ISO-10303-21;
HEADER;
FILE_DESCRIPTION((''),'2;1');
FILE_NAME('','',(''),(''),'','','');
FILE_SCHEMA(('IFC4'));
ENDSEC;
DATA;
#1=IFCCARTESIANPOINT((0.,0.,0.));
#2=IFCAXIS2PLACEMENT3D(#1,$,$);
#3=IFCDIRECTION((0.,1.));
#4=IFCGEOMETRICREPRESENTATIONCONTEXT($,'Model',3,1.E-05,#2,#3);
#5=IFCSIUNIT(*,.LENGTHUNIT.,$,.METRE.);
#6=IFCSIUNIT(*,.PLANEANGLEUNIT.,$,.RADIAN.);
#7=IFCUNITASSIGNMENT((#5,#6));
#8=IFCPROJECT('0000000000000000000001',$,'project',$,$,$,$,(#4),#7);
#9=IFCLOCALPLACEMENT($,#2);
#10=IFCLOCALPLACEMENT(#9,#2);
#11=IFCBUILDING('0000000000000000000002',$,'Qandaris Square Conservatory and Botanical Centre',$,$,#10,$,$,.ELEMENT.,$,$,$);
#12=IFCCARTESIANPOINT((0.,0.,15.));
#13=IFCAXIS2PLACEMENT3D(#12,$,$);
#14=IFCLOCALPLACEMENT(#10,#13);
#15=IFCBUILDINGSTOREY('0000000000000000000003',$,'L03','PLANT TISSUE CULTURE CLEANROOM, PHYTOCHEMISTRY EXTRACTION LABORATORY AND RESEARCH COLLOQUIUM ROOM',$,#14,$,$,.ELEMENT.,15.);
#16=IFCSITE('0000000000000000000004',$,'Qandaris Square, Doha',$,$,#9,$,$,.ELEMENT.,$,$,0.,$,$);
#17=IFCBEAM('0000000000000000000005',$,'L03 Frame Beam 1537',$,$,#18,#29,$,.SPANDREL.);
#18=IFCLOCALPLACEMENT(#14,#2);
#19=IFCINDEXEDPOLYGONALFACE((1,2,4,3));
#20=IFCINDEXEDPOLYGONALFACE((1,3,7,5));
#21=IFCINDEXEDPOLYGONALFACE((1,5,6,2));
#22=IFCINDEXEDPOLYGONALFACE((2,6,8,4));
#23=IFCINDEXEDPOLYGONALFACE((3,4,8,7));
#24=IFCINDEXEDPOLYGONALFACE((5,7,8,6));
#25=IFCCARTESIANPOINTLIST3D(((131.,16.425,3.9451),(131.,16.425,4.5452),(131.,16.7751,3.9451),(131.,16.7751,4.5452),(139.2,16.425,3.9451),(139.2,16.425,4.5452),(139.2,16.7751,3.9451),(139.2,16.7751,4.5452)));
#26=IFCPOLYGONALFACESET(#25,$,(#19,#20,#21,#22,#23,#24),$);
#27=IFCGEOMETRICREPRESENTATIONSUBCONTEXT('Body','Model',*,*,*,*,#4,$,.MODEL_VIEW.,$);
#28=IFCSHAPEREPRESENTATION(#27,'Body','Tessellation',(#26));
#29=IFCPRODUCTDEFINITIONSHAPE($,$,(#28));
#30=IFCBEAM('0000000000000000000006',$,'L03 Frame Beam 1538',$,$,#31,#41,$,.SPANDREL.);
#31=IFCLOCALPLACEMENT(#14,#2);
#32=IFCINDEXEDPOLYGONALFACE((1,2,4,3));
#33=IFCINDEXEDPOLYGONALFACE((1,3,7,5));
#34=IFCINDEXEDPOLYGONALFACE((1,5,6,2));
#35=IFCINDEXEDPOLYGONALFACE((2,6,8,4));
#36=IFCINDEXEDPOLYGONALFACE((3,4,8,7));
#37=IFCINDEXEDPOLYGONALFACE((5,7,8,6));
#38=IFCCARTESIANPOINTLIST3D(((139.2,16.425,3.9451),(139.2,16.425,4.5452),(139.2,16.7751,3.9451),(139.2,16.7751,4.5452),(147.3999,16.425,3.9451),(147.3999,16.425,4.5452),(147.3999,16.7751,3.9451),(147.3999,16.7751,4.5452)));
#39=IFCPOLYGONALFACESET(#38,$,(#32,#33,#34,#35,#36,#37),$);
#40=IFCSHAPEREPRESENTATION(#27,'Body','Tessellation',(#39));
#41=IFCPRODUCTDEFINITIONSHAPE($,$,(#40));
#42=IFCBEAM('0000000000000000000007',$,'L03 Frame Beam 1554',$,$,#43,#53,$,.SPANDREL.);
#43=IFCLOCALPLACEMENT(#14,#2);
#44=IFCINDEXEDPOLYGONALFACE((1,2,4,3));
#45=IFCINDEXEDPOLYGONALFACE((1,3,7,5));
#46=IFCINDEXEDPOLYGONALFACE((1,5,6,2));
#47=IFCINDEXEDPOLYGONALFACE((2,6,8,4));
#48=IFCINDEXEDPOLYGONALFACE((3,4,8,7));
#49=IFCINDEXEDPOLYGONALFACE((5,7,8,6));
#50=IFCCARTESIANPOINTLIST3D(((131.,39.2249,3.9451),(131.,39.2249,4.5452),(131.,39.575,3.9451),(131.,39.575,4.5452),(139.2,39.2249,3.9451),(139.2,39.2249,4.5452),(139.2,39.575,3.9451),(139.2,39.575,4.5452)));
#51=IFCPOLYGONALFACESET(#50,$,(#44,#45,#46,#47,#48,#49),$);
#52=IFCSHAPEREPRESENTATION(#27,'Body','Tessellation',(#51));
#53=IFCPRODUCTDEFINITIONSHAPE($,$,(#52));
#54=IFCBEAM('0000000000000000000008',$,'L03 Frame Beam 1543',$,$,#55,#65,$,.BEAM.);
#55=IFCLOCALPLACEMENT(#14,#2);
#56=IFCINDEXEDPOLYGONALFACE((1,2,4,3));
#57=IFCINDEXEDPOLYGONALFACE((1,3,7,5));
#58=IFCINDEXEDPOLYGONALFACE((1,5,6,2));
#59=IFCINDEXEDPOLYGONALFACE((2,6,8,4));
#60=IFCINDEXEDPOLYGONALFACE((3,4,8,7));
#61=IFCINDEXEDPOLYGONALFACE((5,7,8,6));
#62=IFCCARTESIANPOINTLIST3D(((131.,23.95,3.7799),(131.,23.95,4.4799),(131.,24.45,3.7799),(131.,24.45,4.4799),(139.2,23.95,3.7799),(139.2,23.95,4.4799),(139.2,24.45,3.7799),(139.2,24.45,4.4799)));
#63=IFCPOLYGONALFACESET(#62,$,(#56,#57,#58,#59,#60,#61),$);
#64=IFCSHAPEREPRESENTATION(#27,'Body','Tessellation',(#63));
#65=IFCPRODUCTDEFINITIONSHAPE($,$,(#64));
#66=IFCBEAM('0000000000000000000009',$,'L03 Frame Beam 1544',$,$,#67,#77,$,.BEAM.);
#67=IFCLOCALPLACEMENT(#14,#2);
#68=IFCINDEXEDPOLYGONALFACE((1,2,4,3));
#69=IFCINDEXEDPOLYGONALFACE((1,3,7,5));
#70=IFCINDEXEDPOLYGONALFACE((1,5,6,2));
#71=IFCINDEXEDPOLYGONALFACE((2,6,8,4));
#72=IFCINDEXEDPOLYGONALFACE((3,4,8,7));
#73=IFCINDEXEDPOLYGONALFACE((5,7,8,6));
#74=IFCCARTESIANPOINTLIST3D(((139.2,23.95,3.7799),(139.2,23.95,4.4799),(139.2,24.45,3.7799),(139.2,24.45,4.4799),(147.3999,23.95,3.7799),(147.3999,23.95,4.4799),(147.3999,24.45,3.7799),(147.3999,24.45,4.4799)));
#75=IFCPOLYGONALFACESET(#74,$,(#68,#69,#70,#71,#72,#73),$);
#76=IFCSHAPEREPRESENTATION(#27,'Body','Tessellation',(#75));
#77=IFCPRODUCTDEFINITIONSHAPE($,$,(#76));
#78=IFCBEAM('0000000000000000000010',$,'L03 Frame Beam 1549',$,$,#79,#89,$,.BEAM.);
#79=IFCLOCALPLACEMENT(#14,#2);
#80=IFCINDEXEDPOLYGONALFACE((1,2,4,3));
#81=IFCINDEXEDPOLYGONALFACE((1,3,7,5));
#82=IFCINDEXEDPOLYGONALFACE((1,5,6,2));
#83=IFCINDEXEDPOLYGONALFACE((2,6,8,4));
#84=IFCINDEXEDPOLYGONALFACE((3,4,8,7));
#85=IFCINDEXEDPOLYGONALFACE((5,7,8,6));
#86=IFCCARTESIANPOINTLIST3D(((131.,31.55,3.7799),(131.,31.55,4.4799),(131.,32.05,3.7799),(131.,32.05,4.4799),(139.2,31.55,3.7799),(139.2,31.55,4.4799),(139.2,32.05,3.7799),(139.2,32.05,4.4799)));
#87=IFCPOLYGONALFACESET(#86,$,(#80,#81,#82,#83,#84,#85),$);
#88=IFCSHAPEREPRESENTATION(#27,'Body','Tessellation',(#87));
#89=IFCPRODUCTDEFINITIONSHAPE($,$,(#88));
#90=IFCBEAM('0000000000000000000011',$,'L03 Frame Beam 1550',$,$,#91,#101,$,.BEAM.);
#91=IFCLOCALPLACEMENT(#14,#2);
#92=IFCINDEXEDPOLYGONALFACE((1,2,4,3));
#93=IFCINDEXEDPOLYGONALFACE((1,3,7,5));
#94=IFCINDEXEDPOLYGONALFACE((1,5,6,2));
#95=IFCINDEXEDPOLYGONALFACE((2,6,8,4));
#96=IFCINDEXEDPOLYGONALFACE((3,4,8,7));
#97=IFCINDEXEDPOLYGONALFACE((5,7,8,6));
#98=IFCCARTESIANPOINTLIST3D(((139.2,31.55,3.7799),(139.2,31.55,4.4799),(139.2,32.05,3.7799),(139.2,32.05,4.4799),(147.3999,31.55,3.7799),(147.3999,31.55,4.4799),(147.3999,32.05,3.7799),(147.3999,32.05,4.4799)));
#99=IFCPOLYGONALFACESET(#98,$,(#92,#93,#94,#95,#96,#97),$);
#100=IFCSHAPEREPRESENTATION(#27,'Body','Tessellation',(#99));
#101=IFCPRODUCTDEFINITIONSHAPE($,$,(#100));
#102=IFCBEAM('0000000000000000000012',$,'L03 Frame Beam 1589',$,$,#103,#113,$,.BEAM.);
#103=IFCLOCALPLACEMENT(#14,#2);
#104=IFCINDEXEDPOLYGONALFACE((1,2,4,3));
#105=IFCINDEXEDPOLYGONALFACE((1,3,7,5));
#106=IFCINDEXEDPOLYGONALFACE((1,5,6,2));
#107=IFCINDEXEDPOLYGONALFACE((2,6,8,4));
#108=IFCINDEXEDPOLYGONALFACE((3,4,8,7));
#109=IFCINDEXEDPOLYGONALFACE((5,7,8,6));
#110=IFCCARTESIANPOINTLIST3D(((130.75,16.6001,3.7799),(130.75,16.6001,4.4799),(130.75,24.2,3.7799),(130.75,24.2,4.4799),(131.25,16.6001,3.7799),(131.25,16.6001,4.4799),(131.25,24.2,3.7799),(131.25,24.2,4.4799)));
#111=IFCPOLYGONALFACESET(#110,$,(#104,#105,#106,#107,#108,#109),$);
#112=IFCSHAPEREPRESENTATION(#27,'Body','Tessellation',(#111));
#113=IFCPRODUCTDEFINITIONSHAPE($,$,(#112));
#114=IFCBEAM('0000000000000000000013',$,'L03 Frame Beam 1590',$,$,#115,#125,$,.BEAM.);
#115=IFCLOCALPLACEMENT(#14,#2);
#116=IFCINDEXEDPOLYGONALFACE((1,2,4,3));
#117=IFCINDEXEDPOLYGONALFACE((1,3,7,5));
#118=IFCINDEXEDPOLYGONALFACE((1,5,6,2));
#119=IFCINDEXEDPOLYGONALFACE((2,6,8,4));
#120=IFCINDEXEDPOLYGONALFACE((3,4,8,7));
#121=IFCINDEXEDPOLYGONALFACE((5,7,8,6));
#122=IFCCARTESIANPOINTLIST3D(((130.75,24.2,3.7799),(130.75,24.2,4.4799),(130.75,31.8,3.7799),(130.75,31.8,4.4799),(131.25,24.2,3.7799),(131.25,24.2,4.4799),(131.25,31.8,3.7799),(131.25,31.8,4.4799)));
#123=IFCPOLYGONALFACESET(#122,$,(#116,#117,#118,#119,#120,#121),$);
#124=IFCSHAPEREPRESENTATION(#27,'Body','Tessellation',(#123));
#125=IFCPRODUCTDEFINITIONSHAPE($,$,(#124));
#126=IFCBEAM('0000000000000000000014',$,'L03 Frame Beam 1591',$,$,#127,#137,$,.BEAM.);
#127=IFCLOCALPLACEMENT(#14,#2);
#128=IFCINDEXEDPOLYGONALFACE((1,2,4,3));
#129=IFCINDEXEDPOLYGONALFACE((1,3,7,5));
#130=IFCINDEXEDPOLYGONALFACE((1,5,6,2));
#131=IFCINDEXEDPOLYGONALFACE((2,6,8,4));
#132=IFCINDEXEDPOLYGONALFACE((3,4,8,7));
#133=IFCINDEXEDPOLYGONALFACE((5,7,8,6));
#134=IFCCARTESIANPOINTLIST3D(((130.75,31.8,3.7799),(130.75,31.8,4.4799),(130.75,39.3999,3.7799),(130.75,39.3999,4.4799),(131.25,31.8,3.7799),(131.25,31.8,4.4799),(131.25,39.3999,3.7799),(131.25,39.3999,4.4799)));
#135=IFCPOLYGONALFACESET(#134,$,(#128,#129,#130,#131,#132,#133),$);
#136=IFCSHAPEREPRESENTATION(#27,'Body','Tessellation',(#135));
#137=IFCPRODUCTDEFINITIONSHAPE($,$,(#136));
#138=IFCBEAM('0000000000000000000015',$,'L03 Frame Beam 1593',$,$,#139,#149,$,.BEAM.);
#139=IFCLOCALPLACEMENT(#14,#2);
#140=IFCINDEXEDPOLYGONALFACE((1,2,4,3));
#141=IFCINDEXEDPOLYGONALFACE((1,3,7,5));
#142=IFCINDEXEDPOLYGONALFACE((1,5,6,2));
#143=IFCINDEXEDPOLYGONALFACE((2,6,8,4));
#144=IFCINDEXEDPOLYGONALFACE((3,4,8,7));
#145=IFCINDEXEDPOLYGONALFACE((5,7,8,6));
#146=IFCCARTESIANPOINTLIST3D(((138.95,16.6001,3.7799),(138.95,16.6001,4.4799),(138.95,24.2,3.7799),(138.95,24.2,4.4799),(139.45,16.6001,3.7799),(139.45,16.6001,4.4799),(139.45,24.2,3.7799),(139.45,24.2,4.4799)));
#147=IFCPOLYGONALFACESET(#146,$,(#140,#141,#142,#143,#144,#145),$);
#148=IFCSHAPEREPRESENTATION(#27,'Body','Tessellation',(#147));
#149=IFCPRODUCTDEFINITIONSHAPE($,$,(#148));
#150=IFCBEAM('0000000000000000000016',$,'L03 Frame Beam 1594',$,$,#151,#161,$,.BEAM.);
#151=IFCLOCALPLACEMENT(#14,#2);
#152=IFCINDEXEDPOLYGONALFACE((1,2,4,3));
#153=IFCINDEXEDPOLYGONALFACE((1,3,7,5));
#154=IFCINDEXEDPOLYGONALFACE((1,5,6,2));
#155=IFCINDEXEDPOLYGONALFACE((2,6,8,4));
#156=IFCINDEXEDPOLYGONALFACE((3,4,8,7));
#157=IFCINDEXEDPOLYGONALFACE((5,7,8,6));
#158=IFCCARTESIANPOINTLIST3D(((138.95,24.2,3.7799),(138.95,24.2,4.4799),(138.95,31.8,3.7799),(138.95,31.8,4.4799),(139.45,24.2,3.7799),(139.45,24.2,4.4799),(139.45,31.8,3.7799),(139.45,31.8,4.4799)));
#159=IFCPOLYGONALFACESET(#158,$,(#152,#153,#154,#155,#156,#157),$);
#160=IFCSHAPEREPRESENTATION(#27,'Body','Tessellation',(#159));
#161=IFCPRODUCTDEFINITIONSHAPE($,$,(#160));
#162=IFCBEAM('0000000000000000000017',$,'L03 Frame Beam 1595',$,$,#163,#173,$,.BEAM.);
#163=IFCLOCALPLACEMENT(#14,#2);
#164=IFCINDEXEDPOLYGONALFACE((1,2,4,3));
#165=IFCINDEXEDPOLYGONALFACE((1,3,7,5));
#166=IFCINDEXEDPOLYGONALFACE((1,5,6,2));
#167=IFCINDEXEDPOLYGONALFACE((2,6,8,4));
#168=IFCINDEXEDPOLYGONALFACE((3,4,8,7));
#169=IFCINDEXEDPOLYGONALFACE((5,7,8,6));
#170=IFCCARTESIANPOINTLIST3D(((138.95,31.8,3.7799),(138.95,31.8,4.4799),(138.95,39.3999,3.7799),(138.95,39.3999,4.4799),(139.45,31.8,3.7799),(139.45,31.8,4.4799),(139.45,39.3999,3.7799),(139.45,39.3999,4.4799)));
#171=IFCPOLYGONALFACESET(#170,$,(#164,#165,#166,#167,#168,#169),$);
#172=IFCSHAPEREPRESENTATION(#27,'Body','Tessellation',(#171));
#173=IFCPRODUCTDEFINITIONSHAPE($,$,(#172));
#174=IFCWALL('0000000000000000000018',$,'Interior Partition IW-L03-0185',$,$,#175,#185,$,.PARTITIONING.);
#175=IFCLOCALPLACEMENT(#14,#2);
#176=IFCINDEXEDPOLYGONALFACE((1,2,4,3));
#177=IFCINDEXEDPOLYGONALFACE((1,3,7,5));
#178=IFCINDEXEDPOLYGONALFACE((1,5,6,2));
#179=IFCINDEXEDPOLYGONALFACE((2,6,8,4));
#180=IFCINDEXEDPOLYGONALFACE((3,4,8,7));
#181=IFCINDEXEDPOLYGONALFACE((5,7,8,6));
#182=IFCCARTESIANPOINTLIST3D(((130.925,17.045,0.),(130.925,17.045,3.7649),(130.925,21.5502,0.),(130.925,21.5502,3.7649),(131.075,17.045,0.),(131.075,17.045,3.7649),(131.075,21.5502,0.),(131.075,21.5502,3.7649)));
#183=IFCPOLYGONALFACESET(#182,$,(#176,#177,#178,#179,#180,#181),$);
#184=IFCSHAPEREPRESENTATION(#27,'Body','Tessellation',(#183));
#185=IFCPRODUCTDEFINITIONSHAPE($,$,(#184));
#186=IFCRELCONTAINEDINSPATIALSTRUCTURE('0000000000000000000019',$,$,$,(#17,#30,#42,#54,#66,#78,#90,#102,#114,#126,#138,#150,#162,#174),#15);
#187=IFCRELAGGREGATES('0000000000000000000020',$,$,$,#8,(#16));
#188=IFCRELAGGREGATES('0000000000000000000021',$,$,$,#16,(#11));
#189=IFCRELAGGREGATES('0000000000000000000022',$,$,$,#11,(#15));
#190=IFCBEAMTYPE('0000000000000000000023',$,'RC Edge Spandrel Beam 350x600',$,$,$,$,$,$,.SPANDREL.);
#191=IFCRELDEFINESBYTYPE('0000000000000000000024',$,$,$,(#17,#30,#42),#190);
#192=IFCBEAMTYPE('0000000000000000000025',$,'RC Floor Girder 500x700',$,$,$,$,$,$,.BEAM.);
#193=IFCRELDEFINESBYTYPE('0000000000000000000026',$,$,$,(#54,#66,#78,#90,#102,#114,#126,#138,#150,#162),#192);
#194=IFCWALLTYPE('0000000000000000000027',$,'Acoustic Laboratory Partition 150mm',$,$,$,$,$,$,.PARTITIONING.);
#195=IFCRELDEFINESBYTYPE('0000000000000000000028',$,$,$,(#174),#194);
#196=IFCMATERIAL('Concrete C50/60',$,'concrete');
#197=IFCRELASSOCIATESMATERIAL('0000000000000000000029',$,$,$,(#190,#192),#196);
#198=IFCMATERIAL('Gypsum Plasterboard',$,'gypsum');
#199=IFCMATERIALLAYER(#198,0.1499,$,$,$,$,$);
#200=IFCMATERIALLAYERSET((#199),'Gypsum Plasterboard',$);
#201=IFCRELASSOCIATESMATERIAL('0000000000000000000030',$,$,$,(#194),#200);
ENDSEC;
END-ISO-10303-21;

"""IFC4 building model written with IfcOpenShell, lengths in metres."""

from ifc_helpers import new_model, si_unit, direction, frame, frame_2d, origin, origin_2d, place, context, subcontext, project, spatial, rectangle, extrude, material, layer, layer_set, material_profile, profile_set, type_object, element, save


model = new_model("IFC4")

# Units and contexts
model_context = context("Model", 3, precision=1e-05, world=origin(), true_north=direction((0.0, 1.0)))
body_context = subcontext(model_context, "Body", "Model", "MODEL_VIEW")
ifc_project = project(units=[si_unit("LENGTHUNIT", "METRE"), si_unit("PLANEANGLEUNIT", "RADIAN")], contexts=[model_context])

# Site, building, storey
site_placement = place(None, origin())
site = spatial("IfcSite", under=ifc_project, at=site_placement, Name="Qandaris Square, Doha", CompositionType="ELEMENT", RefElevation=0.0)
building_placement = place(site_placement, origin())
building = spatial("IfcBuilding", under=site, at=building_placement, Name="Qandaris Square Conservatory and Botanical Centre", CompositionType="ELEMENT")
storey_placement = place(building_placement, frame((0.0, 0.0, 15.0)))
storey = spatial("IfcBuildingStorey", under=building, at=storey_placement, Name="L03", Description="PLANT TISSUE CULTURE CLEANROOM, PHYTOCHEMISTRY EXTRACTION LABORATORY AND RESEARCH COLLOQUIUM ROOM", CompositionType="ELEMENT", Elevation=15.0)

# Shared definitions
ifc_material_1 = material(Name="Concrete C50/60", Category="concrete")

# Beams
ifc_material_profile_1 = material_profile(ifc_material_1, rectangle(XDim=0.3501, YDim=0.6001, at=origin_2d()), Name="RC-SP 350x600")
ifc_profile_set_1 = profile_set([ifc_material_profile_1], Name="Concrete C50/60")
beam_type_1 = type_object("IfcBeamType", Name="RC Edge Spandrel Beam 350x600", PredefinedType="SPANDREL", material=ifc_profile_set_1)
for number, where, z_axis, x_axis, name in (
    (1, (131.0, 16.6001, 4.2451), (1.0, 0.0, 0.0), (0.0, 1.0, 0.0), "L03 Frame Beam 1537"),
    (2, (139.2, 16.6001, 4.2451), (1.0, 0.0, 0.0), (0.0, 1.0, 0.0), "L03 Frame Beam 1538"),
    (3, (131.0, 39.3999, 4.2451), (1.0, 0.0, 0.0), (0.0, 1.0, 0.0), "L03 Frame Beam 1554"),
):
    element("IfcBeam", number, at=place(storey_placement, frame(where, z_axis=z_axis, x_axis=x_axis)), inside=storey, type_object=beam_type_1, Name=name, PredefinedType="SPANDREL", context=body_context, shape_type="SweptSolid", body=[
        extrude(rectangle(XDim=0.3501, YDim=0.6001, at=origin_2d()), origin(), (0.0, 0.0, 1.0), 8.2),
    ])
ifc_material_profile_2 = material_profile(ifc_material_1, rectangle(XDim=0.5, YDim=0.7, at=origin_2d()), Name="RC-BM 500x700")
ifc_profile_set_2 = profile_set([ifc_material_profile_2], Name="Concrete C50/60")
beam_type_2 = type_object("IfcBeamType", Name="RC Floor Girder 500x700", PredefinedType="BEAM", material=ifc_profile_set_2)
for number, where, z_axis, x_axis, name in (
    (4, (131.0, 24.2, 4.1299), (1.0, 0.0, 0.0), (0.0, 1.0, 0.0), "L03 Frame Beam 1543"),
    (5, (139.2, 24.2, 4.1299), (1.0, 0.0, 0.0), (0.0, 1.0, 0.0), "L03 Frame Beam 1544"),
    (6, (131.0, 31.8, 4.1299), (1.0, 0.0, 0.0), (0.0, 1.0, 0.0), "L03 Frame Beam 1549"),
    (7, (139.2, 31.8, 4.1299), (1.0, 0.0, 0.0), (0.0, 1.0, 0.0), "L03 Frame Beam 1550"),
):
    element("IfcBeam", number, at=place(storey_placement, frame(where, z_axis=z_axis, x_axis=x_axis)), inside=storey, type_object=beam_type_2, Name=name, PredefinedType="BEAM", context=body_context, shape_type="SweptSolid", body=[
        extrude(rectangle(XDim=0.5, YDim=0.7, at=origin_2d()), origin(), (0.0, 0.0, 1.0), 8.2),
    ])
beam_1_placement = place(storey_placement, frame((131.0, 16.6001, 4.1299), z_axis=(0.0, 1.0, 0.0), x_axis=(-1.0, 0.0, 0.0)))
element("IfcBeam", 8, at=beam_1_placement, inside=storey, type_object=beam_type_2, Name="L03 Frame Beam 1589", PredefinedType="BEAM", context=body_context, shape_type="SweptSolid", body=[
    extrude(rectangle(XDim=0.5, YDim=0.7, at=origin_2d()), origin(), (0.0, 0.0, 1.0), 7.5999),
])
beam_2_placement = place(storey_placement, frame((131.0, 24.2, 4.1299), z_axis=(0.0, 1.0, 0.0), x_axis=(-1.0, 0.0, 0.0)))
element("IfcBeam", 9, at=beam_2_placement, inside=storey, type_object=beam_type_2, Name="L03 Frame Beam 1590", PredefinedType="BEAM", context=body_context, shape_type="SweptSolid", body=[
    extrude(rectangle(XDim=0.5, YDim=0.7, at=origin_2d()), origin(), (0.0, 0.0, 1.0), 7.6001),
])
for number, where, z_axis, x_axis, name in (
    (10, (131.0, 31.8, 4.1299), (0.0, 1.0, 0.0), (-1.0, 0.0, 0.0), "L03 Frame Beam 1591"),
    (11, (139.2, 16.6001, 4.1299), (0.0, 1.0, 0.0), (-1.0, 0.0, 0.0), "L03 Frame Beam 1593"),
):
    element("IfcBeam", number, at=place(storey_placement, frame(where, z_axis=z_axis, x_axis=x_axis)), inside=storey, type_object=beam_type_2, Name=name, PredefinedType="BEAM", context=body_context, shape_type="SweptSolid", body=[
        extrude(rectangle(XDim=0.5, YDim=0.7, at=origin_2d()), origin(), (0.0, 0.0, 1.0), 7.5999),
    ])
beam_3_placement = place(storey_placement, frame((139.2, 24.2, 4.1299), z_axis=(0.0, 1.0, 0.0), x_axis=(-1.0, 0.0, 0.0)))
element("IfcBeam", 12, at=beam_3_placement, inside=storey, type_object=beam_type_2, Name="L03 Frame Beam 1594", PredefinedType="BEAM", context=body_context, shape_type="SweptSolid", body=[
    extrude(rectangle(XDim=0.5, YDim=0.7, at=origin_2d()), origin(), (0.0, 0.0, 1.0), 7.6001),
])
beam_4_placement = place(storey_placement, frame((139.2, 31.8, 4.1299), z_axis=(0.0, 1.0, 0.0), x_axis=(-1.0, 0.0, 0.0)))
element("IfcBeam", 13, at=beam_4_placement, inside=storey, type_object=beam_type_2, Name="L03 Frame Beam 1595", PredefinedType="BEAM", context=body_context, shape_type="SweptSolid", body=[
    extrude(rectangle(XDim=0.5, YDim=0.7, at=origin_2d()), origin(), (0.0, 0.0, 1.0), 7.5999),
])

# Wall
ifc_material_2 = material(Name="Gypsum Plasterboard", Category="gypsum")
ifc_layer_1 = layer(ifc_material_2, 0.1499)
ifc_layer_set_1 = layer_set([ifc_layer_1], Name="Gypsum Plasterboard")
wall_type_1 = type_object("IfcWallType", Name="Acoustic Laboratory Partition 150mm", PredefinedType="PARTITIONING", material=ifc_layer_set_1)
wall_1_placement = place(storey_placement, frame((131.0, 21.55, 0.0), z_axis=(0.0, 0.0, 1.0), x_axis=(0.0, -1.0, 0.0)))
element("IfcWall", 14, at=wall_1_placement, inside=storey, type_object=wall_type_1, Name="Interior Partition IW-L03-0185", PredefinedType="PARTITIONING", context=body_context, shape_type="SweptSolid", body=[
    extrude(rectangle(XDim=4.5051, YDim=0.1499, at=frame_2d((2.2524, 0.0))), origin(), (0.0, 0.0, 1.0), 3.7649),
])

save(model, "model.ifc")
